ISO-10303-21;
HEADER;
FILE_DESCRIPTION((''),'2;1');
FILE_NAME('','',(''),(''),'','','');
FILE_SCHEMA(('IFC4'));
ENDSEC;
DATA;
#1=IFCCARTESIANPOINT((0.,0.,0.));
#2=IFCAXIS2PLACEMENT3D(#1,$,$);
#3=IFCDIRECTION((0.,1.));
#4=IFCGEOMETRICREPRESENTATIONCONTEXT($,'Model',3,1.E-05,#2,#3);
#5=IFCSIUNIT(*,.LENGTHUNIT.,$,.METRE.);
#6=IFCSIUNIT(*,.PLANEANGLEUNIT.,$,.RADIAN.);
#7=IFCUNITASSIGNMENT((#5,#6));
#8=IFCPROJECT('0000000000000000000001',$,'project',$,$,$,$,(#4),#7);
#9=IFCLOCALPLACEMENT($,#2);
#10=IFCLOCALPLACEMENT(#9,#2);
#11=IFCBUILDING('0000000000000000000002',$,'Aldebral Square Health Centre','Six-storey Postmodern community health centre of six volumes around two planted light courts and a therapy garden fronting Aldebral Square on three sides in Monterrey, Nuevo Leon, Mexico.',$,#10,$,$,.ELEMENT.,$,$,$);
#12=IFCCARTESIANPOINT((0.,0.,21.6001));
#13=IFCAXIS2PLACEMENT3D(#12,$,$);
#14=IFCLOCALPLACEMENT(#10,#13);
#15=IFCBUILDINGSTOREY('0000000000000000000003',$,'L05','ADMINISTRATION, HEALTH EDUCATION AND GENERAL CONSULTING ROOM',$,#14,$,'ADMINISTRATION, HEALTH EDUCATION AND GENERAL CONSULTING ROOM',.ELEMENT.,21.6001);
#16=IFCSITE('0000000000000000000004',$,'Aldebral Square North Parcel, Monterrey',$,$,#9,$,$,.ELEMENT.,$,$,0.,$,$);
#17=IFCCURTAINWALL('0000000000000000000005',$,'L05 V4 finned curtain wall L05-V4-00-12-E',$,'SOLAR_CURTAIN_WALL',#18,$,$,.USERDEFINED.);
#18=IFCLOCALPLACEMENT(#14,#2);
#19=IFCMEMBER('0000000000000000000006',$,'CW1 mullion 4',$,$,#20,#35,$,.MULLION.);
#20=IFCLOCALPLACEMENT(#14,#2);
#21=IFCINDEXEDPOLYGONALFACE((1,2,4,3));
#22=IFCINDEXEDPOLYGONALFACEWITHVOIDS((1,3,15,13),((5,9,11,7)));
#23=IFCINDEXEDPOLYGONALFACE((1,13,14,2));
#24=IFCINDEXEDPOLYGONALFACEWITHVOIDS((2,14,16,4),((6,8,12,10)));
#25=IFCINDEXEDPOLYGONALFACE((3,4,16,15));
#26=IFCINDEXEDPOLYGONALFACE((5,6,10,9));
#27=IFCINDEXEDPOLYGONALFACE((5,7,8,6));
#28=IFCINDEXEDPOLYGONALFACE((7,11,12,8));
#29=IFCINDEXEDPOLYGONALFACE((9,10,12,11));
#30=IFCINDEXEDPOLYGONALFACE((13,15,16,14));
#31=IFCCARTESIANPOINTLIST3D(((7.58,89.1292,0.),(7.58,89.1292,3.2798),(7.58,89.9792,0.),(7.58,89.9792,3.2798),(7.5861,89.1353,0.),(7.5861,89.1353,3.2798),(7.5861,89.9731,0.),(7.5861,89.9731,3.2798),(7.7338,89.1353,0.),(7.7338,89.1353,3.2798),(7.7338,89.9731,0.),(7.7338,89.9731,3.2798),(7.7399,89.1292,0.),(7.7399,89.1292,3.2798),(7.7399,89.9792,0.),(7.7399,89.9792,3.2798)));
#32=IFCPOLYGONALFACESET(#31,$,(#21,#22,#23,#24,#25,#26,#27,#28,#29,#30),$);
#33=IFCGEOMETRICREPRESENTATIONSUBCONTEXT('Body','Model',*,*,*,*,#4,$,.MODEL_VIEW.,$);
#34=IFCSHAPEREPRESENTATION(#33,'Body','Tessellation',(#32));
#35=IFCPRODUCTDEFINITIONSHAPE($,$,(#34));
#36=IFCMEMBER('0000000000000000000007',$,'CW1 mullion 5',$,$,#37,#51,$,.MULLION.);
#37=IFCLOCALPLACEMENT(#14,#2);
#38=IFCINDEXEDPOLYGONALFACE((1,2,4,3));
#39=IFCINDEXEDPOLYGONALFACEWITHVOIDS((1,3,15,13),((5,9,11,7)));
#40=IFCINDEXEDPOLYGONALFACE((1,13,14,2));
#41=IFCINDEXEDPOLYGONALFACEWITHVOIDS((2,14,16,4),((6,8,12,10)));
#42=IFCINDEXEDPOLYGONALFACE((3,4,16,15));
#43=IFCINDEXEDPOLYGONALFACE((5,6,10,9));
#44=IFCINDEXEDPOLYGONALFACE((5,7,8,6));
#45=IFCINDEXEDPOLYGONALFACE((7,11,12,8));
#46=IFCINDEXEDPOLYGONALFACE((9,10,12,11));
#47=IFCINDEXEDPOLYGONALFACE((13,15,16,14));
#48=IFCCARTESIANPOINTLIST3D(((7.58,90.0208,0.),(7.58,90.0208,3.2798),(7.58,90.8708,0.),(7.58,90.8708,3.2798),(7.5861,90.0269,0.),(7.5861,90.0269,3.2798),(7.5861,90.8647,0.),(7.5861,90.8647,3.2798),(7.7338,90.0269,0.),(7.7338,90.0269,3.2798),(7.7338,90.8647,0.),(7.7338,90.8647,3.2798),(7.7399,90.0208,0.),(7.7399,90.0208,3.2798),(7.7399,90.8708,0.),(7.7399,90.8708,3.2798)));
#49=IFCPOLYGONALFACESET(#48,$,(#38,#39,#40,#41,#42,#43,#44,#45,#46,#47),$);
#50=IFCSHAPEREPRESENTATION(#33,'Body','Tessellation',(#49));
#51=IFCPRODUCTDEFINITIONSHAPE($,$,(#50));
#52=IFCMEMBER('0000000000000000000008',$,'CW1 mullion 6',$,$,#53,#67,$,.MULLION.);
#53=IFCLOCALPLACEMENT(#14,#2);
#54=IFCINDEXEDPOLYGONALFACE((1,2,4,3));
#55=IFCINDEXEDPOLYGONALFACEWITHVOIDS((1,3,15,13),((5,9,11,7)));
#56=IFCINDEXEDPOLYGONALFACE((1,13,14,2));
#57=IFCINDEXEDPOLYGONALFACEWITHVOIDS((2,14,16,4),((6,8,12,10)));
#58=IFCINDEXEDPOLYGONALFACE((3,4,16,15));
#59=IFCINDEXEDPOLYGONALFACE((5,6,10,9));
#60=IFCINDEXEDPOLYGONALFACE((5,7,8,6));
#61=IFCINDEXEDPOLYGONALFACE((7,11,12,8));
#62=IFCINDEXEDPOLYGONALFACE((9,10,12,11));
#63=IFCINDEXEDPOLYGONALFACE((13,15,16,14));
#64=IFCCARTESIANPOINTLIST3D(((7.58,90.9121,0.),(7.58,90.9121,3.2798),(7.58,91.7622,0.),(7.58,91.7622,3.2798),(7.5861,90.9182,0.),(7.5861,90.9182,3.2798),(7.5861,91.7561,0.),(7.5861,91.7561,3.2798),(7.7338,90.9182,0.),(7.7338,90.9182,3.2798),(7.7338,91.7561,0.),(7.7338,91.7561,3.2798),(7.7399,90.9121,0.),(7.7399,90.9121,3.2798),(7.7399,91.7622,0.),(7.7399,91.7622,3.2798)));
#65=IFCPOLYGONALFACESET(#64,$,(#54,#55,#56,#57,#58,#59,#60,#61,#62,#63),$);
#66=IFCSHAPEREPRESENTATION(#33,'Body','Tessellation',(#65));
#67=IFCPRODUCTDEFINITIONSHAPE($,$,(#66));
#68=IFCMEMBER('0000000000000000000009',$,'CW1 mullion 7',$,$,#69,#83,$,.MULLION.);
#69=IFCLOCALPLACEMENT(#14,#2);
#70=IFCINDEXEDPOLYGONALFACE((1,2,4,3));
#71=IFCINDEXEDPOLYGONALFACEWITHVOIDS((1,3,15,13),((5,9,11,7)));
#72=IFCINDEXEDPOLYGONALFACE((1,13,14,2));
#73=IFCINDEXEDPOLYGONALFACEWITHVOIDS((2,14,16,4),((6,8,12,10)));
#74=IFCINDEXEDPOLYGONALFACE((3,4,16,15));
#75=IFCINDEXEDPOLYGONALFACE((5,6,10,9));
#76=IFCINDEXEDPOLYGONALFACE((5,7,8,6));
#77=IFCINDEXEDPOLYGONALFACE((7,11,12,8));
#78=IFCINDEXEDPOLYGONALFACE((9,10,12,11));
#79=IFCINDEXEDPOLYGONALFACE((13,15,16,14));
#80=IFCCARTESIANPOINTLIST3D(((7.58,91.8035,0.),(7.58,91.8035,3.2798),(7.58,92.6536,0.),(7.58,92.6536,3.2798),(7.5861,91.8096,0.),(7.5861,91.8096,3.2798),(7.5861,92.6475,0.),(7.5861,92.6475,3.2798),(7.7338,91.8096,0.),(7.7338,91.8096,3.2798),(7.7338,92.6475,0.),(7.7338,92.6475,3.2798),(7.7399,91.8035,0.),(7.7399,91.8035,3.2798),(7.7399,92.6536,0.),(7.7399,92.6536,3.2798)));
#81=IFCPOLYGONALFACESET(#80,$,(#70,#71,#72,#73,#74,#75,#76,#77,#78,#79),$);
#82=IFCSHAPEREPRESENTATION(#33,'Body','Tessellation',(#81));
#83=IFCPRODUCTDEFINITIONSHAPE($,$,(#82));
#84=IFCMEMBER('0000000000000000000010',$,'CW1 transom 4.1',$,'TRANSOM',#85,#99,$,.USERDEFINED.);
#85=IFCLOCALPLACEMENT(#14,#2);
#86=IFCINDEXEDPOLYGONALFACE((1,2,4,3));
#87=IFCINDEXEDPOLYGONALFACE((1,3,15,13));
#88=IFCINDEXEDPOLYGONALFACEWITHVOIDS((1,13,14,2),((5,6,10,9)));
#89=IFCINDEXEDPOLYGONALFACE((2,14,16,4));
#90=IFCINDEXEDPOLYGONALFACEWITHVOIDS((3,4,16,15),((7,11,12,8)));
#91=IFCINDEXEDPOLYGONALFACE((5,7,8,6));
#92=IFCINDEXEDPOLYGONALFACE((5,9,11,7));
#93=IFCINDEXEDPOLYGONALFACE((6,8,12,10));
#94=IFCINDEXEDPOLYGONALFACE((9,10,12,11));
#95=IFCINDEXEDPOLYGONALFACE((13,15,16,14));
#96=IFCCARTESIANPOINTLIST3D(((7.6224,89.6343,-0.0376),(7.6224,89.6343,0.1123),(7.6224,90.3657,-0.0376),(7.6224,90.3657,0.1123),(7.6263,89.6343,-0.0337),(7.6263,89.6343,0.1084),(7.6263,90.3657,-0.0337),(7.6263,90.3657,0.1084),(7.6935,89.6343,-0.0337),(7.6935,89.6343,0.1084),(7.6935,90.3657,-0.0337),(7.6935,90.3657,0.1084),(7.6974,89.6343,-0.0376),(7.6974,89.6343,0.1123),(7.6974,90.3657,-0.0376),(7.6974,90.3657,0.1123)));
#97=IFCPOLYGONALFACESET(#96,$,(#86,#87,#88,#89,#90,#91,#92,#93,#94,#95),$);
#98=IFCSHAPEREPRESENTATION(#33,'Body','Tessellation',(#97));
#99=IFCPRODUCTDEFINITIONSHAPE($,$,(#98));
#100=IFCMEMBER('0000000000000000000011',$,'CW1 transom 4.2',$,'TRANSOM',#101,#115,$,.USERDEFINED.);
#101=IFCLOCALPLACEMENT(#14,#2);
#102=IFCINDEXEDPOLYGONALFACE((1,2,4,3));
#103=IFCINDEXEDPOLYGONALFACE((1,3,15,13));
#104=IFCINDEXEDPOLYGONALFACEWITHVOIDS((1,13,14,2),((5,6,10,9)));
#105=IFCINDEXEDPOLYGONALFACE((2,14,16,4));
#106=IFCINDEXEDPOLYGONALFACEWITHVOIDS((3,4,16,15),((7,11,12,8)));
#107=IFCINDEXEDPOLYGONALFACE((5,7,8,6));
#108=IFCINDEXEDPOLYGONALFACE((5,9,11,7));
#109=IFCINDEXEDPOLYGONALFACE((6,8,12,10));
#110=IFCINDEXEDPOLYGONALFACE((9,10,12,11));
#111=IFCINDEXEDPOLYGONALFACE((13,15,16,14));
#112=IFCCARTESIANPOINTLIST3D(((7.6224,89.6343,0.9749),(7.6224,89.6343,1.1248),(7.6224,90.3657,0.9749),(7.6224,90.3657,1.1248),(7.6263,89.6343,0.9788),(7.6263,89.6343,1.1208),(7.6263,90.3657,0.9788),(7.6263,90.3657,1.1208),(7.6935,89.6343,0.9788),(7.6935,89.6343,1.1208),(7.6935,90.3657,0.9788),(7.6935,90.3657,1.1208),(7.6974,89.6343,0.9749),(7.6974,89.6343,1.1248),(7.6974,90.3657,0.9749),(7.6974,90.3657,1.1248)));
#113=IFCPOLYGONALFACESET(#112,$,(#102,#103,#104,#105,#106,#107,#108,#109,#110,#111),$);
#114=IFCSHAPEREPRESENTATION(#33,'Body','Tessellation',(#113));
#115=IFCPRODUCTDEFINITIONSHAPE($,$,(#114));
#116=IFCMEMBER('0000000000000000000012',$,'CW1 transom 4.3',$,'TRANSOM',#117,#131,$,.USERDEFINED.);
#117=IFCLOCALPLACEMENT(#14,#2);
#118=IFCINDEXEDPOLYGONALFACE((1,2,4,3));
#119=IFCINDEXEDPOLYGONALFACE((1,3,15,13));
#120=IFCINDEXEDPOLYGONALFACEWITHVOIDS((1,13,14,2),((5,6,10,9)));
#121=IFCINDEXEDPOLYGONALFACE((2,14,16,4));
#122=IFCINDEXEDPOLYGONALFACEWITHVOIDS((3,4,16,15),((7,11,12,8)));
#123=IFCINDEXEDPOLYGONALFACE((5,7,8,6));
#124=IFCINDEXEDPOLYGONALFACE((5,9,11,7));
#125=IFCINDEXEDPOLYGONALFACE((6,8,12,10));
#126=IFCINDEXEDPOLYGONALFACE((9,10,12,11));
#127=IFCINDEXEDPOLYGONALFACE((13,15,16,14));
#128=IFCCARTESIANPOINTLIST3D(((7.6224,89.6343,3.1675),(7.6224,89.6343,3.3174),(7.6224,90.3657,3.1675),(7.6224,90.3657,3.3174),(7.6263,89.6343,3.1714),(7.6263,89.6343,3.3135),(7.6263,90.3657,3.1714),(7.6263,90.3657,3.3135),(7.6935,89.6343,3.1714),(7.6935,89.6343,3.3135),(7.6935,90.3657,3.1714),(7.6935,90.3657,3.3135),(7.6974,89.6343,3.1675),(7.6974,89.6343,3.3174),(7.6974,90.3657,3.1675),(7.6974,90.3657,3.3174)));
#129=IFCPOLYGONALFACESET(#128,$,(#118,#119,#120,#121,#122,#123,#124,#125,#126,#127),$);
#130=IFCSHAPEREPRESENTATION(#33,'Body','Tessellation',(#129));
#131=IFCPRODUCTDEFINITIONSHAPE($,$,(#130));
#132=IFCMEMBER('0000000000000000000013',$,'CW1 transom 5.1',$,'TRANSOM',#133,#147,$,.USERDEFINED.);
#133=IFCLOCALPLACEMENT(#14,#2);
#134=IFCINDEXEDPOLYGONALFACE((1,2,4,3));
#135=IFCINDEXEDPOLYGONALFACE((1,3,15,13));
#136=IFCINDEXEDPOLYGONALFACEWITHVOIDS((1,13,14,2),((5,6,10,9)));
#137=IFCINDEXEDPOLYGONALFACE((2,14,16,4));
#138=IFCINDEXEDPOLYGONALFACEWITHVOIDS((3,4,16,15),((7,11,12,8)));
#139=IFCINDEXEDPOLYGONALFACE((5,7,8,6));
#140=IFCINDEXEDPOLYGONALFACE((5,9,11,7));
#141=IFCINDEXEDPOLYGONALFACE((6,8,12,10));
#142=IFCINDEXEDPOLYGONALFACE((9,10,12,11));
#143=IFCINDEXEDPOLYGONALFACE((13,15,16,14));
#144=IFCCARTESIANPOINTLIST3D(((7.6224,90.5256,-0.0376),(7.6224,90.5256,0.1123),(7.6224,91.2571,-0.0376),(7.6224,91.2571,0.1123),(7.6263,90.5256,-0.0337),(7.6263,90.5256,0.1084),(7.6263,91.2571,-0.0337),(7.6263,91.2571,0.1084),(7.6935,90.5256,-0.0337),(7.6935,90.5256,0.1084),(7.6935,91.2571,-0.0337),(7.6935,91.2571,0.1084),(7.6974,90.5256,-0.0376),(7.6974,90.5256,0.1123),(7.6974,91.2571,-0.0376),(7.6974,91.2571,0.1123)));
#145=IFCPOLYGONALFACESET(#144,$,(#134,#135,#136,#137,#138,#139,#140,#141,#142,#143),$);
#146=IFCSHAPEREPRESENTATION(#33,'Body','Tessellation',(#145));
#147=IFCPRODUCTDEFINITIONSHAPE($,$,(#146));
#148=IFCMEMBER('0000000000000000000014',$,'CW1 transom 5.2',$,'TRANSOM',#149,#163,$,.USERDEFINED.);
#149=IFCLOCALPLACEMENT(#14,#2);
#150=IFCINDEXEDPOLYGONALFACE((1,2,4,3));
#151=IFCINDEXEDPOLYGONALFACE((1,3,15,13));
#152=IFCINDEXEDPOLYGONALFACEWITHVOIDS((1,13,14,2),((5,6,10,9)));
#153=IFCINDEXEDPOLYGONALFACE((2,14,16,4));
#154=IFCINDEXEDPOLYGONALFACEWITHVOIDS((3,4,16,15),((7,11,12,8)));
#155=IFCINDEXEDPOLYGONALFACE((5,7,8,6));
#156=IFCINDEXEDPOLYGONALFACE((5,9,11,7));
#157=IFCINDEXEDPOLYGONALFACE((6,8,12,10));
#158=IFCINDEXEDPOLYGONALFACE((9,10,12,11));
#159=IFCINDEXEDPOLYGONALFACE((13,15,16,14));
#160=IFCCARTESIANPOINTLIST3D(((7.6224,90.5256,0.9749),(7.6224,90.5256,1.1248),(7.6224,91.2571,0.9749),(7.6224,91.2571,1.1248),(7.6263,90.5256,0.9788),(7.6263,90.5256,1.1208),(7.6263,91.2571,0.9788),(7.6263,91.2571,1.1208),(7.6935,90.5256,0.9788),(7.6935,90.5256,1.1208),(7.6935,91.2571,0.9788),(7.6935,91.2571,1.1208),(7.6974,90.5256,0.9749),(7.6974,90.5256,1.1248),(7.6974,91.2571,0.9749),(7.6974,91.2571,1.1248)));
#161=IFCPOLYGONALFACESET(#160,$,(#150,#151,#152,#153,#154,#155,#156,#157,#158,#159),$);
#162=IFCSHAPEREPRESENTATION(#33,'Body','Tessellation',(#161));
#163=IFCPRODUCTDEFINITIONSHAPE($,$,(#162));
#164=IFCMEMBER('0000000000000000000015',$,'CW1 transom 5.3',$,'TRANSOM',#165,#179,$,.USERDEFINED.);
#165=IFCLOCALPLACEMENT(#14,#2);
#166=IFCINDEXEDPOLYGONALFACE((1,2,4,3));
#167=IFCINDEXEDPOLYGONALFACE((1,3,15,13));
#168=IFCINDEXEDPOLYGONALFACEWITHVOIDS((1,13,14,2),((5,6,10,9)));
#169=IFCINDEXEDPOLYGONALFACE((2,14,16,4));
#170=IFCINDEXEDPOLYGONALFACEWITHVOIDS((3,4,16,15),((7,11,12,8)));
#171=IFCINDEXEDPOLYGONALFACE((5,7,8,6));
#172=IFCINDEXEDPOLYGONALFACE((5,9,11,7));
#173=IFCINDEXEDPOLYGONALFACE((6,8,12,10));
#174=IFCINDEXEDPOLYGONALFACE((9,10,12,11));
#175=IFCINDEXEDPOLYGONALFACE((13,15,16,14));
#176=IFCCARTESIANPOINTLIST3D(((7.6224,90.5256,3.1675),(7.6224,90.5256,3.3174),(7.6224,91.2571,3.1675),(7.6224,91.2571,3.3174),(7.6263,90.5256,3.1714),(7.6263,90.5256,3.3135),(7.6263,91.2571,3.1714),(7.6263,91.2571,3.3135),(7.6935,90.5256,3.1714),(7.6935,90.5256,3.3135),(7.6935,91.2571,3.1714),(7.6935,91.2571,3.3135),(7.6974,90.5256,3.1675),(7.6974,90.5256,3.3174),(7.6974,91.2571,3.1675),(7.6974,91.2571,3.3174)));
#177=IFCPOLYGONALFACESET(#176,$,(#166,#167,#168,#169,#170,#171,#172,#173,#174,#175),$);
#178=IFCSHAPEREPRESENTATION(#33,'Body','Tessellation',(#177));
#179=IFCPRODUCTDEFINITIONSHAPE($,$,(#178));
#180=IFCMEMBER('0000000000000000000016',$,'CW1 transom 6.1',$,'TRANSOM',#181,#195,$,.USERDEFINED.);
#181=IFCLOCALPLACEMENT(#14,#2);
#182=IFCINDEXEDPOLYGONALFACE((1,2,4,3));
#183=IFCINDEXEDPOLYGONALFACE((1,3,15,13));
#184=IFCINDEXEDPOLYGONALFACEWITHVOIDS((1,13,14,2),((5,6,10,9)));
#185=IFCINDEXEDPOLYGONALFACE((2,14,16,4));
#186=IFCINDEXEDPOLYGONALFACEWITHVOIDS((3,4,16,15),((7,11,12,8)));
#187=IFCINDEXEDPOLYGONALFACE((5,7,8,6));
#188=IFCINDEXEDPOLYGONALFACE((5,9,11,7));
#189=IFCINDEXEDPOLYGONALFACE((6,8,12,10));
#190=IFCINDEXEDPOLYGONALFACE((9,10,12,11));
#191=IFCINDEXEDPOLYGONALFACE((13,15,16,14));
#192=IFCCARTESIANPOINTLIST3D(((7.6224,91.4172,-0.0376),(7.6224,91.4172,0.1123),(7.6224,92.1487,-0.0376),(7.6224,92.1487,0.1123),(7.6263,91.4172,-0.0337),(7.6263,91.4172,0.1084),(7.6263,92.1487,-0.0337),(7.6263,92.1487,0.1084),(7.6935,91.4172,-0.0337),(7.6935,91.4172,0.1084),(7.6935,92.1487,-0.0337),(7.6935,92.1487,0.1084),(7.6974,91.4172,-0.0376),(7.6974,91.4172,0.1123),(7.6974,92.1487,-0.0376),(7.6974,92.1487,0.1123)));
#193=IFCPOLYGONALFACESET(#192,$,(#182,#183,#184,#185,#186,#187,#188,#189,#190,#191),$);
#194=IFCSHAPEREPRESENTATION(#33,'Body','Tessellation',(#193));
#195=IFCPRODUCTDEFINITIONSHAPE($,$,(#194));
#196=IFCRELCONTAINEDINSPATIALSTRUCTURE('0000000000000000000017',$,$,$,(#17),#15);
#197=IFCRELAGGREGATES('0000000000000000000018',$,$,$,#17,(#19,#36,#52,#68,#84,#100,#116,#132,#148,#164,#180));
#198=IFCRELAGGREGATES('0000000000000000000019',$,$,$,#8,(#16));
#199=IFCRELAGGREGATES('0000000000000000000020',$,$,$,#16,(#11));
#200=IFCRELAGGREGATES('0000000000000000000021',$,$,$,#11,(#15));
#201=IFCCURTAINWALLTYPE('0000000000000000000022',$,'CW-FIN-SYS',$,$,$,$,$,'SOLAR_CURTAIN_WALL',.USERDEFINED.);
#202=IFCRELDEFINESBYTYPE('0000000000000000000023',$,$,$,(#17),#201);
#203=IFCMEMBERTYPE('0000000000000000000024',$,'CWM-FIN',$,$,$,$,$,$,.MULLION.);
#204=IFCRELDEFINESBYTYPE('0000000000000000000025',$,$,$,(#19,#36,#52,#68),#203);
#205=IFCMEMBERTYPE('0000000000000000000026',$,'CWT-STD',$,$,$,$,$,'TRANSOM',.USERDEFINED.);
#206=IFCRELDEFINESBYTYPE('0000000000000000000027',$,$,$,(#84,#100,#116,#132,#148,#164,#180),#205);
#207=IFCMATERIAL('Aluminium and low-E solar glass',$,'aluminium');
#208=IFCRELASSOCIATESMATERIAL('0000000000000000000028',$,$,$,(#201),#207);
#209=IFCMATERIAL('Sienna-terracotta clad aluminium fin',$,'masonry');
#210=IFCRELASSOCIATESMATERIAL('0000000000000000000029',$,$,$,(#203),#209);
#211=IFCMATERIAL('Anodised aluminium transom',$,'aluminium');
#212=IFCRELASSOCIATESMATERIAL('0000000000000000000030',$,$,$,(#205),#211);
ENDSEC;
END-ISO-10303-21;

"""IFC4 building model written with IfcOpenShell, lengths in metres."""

from ifc_helpers import new_model, si_unit, direction, frame, origin, origin_2d, place, context, subcontext, project, spatial, hollow_rectangle, extrude, material, material_profile, profile_set, type_object, element, aggregate, save


model = new_model("IFC4")

# Units and contexts
model_context = context("Model", 3, precision=1e-05, world=origin(), true_north=direction((0.0, 1.0)))
body_context = subcontext(model_context, "Body", "Model", "MODEL_VIEW")
ifc_project = project(units=[si_unit("LENGTHUNIT", "METRE"), si_unit("PLANEANGLEUNIT", "RADIAN")], contexts=[model_context])

# Site, building, storey
site_placement = place(None, origin())
site = spatial("IfcSite", under=ifc_project, at=site_placement, Name="Aldebral Square North Parcel, Monterrey", CompositionType="ELEMENT", RefElevation=0.0)
building_placement = place(site_placement, origin())
building = spatial("IfcBuilding", under=site, at=building_placement, Name="Aldebral Square Health Centre", Description="Six-storey Postmodern community health centre of six volumes around two planted light courts and a therapy garden fronting Aldebral Square on three sides in Monterrey, Nuevo Leon, Mexico.", CompositionType="ELEMENT")
storey_placement = place(building_placement, frame((0.0, 0.0, 21.6001)))
storey = spatial("IfcBuildingStorey", under=building, at=storey_placement, Name="L05", Description="ADMINISTRATION, HEALTH EDUCATION AND GENERAL CONSULTING ROOM", LongName="ADMINISTRATION, HEALTH EDUCATION AND GENERAL CONSULTING ROOM", CompositionType="ELEMENT", Elevation=21.6001)

# Curtain wall, members
ifc_material_1 = material(Name="Aluminium and low-E solar glass", Category="aluminium")
curtain_wall_type = type_object("IfcCurtainWallType", Name="CW-FIN-SYS", ElementType="SOLAR_CURTAIN_WALL", PredefinedType="USERDEFINED", material=ifc_material_1)
curtain_wall_placement = place(storey_placement, origin())
curtain_wall = element("IfcCurtainWall", 1, at=curtain_wall_placement, inside=storey, type_object=curtain_wall_type, Name="L05 V4 finned curtain wall L05-V4-00-12-E", ObjectType="SOLAR_CURTAIN_WALL", PredefinedType="USERDEFINED")
ifc_material_2 = material(Name="Sienna-terracotta clad aluminium fin", Category="masonry")
ifc_material_profile_1 = material_profile(ifc_material_2, hollow_rectangle(XDim=0.1599, YDim=0.8501, WallThickness=0.0061, at=origin_2d()), Name="FIN 160x850x6")
ifc_profile_set_1 = profile_set([ifc_material_profile_1], Name="Sienna-terracotta clad aluminium fin")
member_type_1 = type_object("IfcMemberType", Name="CWM-FIN", PredefinedType="MULLION", material=ifc_profile_set_1)
member_1_placement = place(storey_placement, frame((7.6599, 89.5542, 0.0), z_axis=(0.0, 0.0, 1.0), x_axis=(-1.0, 0.0, 0.0)))
member_1 = element("IfcMember", 2, at=member_1_placement, type_object=member_type_1, Name="CW1 mullion 4", PredefinedType="MULLION", context=body_context, shape_type="SweptSolid", body=[
    extrude(hollow_rectangle(XDim=0.1599, YDim=0.8501, WallThickness=0.0061, at=origin_2d()), origin(), (0.0, 0.0, 1.0), 3.2798),
])
member_2_placement = place(storey_placement, frame((7.6599, 90.4458, 0.0), z_axis=(0.0, 0.0, 1.0), x_axis=(-1.0, 0.0, 0.0)))
member_2 = element("IfcMember", 3, at=member_2_placement, type_object=member_type_1, Name="CW1 mullion 5", PredefinedType="MULLION", context=body_context, shape_type="SweptSolid", body=[
    extrude(hollow_rectangle(XDim=0.1599, YDim=0.8501, WallThickness=0.0061, at=origin_2d()), origin(), (0.0, 0.0, 1.0), 3.2798),
])
member_3_placement = place(storey_placement, frame((7.6599, 91.3372, 0.0), z_axis=(0.0, 0.0, 1.0), x_axis=(-1.0, 0.0, 0.0)))
member_3 = element("IfcMember", 4, at=member_3_placement, type_object=member_type_1, Name="CW1 mullion 6", PredefinedType="MULLION", context=body_context, shape_type="SweptSolid", body=[
    extrude(hollow_rectangle(XDim=0.1599, YDim=0.8501, WallThickness=0.0061, at=origin_2d()), origin(), (0.0, 0.0, 1.0), 3.2798),
])
member_4_placement = place(storey_placement, frame((7.6599, 92.2285, 0.0), z_axis=(0.0, 0.0, 1.0), x_axis=(-1.0, 0.0, 0.0)))
member_4 = element("IfcMember", 5, at=member_4_placement, type_object=member_type_1, Name="CW1 mullion 7", PredefinedType="MULLION", context=body_context, shape_type="SweptSolid", body=[
    extrude(hollow_rectangle(XDim=0.1599, YDim=0.8501, WallThickness=0.0061, at=origin_2d()), origin(), (0.0, 0.0, 1.0), 3.2798),
])
ifc_material_3 = material(Name="Anodised aluminium transom", Category="aluminium")
ifc_material_profile_2 = material_profile(ifc_material_3, hollow_rectangle(XDim=0.075, YDim=0.1499, WallThickness=0.0039, at=origin_2d()), Name="CWT 75x150x4")
ifc_profile_set_2 = profile_set([ifc_material_profile_2], Name="Anodised aluminium transom")
member_type_2 = type_object("IfcMemberType", Name="CWT-STD", ElementType="TRANSOM", PredefinedType="USERDEFINED", material=ifc_profile_set_2)
member_5_placement = place(storey_placement, frame((7.6599, 89.6343, 0.0374), z_axis=(0.0, 1.0, 0.0), x_axis=(-1.0, 0.0, 0.0)))
member_5 = element("IfcMember", 6, at=member_5_placement, type_object=member_type_2, Name="CW1 transom 4.1", ObjectType="TRANSOM", PredefinedType="USERDEFINED", context=body_context, shape_type="SweptSolid", body=[
    extrude(hollow_rectangle(XDim=0.075, YDim=0.1499, WallThickness=0.0039, at=origin_2d()), origin(), (0.0, 0.0, 1.0), 0.7314),
])
member_6_placement = place(storey_placement, frame((7.6599, 89.6343, 1.0498), z_axis=(0.0, 1.0, 0.0), x_axis=(-1.0, 0.0, 0.0)))
member_6 = element("IfcMember", 7, at=member_6_placement, type_object=member_type_2, Name="CW1 transom 4.2", ObjectType="TRANSOM", PredefinedType="USERDEFINED", context=body_context, shape_type="SweptSolid", body=[
    extrude(hollow_rectangle(XDim=0.075, YDim=0.1499, WallThickness=0.0039, at=origin_2d()), origin(), (0.0, 0.0, 1.0), 0.7314),
])
member_7_placement = place(storey_placement, frame((7.6599, 89.6343, 3.2424), z_axis=(0.0, 1.0, 0.0), x_axis=(-1.0, 0.0, 0.0)))
member_7 = element("IfcMember", 8, at=member_7_placement, type_object=member_type_2, Name="CW1 transom 4.3", ObjectType="TRANSOM", PredefinedType="USERDEFINED", context=body_context, shape_type="SweptSolid", body=[
    extrude(hollow_rectangle(XDim=0.075, YDim=0.1499, WallThickness=0.0039, at=origin_2d()), origin(), (0.0, 0.0, 1.0), 0.7314),
])
member_8_placement = place(storey_placement, frame((7.6599, 90.5256, 0.0374), z_axis=(0.0, 1.0, 0.0), x_axis=(-1.0, 0.0, 0.0)))
member_8 = element("IfcMember", 9, at=member_8_placement, type_object=member_type_2, Name="CW1 transom 5.1", ObjectType="TRANSOM", PredefinedType="USERDEFINED", context=body_context, shape_type="SweptSolid", body=[
    extrude(hollow_rectangle(XDim=0.075, YDim=0.1499, WallThickness=0.0039, at=origin_2d()), origin(), (0.0, 0.0, 1.0), 0.7314),
])
member_9_placement = place(storey_placement, frame((7.6599, 90.5256, 1.0498), z_axis=(0.0, 1.0, 0.0), x_axis=(-1.0, 0.0, 0.0)))
member_9 = element("IfcMember", 10, at=member_9_placement, type_object=member_type_2, Name="CW1 transom 5.2", ObjectType="TRANSOM", PredefinedType="USERDEFINED", context=body_context, shape_type="SweptSolid", body=[
    extrude(hollow_rectangle(XDim=0.075, YDim=0.1499, WallThickness=0.0039, at=origin_2d()), origin(), (0.0, 0.0, 1.0), 0.7314),
])
member_10_placement = place(storey_placement, frame((7.6599, 90.5256, 3.2424), z_axis=(0.0, 1.0, 0.0), x_axis=(-1.0, 0.0, 0.0)))
member_10 = element("IfcMember", 11, at=member_10_placement, type_object=member_type_2, Name="CW1 transom 5.3", ObjectType="TRANSOM", PredefinedType="USERDEFINED", context=body_context, shape_type="SweptSolid", body=[
    extrude(hollow_rectangle(XDim=0.075, YDim=0.1499, WallThickness=0.0039, at=origin_2d()), origin(), (0.0, 0.0, 1.0), 0.7314),
])
member_11_placement = place(storey_placement, frame((7.6599, 91.4172, 0.0374), z_axis=(0.0, 1.0, 0.0), x_axis=(-1.0, 0.0, 0.0)))
member_11 = element("IfcMember", 12, at=member_11_placement, type_object=member_type_2, Name="CW1 transom 6.1", ObjectType="TRANSOM", PredefinedType="USERDEFINED", context=body_context, shape_type="SweptSolid", body=[
    extrude(hollow_rectangle(XDim=0.075, YDim=0.1499, WallThickness=0.0039, at=origin_2d()), origin(), (0.0, 0.0, 1.0), 0.7314),
])
aggregate(curtain_wall, [member_1, member_2, member_3, member_4, member_5, member_6, member_7, member_8, member_9, member_10, member_11])

save(model, "model.ifc")
